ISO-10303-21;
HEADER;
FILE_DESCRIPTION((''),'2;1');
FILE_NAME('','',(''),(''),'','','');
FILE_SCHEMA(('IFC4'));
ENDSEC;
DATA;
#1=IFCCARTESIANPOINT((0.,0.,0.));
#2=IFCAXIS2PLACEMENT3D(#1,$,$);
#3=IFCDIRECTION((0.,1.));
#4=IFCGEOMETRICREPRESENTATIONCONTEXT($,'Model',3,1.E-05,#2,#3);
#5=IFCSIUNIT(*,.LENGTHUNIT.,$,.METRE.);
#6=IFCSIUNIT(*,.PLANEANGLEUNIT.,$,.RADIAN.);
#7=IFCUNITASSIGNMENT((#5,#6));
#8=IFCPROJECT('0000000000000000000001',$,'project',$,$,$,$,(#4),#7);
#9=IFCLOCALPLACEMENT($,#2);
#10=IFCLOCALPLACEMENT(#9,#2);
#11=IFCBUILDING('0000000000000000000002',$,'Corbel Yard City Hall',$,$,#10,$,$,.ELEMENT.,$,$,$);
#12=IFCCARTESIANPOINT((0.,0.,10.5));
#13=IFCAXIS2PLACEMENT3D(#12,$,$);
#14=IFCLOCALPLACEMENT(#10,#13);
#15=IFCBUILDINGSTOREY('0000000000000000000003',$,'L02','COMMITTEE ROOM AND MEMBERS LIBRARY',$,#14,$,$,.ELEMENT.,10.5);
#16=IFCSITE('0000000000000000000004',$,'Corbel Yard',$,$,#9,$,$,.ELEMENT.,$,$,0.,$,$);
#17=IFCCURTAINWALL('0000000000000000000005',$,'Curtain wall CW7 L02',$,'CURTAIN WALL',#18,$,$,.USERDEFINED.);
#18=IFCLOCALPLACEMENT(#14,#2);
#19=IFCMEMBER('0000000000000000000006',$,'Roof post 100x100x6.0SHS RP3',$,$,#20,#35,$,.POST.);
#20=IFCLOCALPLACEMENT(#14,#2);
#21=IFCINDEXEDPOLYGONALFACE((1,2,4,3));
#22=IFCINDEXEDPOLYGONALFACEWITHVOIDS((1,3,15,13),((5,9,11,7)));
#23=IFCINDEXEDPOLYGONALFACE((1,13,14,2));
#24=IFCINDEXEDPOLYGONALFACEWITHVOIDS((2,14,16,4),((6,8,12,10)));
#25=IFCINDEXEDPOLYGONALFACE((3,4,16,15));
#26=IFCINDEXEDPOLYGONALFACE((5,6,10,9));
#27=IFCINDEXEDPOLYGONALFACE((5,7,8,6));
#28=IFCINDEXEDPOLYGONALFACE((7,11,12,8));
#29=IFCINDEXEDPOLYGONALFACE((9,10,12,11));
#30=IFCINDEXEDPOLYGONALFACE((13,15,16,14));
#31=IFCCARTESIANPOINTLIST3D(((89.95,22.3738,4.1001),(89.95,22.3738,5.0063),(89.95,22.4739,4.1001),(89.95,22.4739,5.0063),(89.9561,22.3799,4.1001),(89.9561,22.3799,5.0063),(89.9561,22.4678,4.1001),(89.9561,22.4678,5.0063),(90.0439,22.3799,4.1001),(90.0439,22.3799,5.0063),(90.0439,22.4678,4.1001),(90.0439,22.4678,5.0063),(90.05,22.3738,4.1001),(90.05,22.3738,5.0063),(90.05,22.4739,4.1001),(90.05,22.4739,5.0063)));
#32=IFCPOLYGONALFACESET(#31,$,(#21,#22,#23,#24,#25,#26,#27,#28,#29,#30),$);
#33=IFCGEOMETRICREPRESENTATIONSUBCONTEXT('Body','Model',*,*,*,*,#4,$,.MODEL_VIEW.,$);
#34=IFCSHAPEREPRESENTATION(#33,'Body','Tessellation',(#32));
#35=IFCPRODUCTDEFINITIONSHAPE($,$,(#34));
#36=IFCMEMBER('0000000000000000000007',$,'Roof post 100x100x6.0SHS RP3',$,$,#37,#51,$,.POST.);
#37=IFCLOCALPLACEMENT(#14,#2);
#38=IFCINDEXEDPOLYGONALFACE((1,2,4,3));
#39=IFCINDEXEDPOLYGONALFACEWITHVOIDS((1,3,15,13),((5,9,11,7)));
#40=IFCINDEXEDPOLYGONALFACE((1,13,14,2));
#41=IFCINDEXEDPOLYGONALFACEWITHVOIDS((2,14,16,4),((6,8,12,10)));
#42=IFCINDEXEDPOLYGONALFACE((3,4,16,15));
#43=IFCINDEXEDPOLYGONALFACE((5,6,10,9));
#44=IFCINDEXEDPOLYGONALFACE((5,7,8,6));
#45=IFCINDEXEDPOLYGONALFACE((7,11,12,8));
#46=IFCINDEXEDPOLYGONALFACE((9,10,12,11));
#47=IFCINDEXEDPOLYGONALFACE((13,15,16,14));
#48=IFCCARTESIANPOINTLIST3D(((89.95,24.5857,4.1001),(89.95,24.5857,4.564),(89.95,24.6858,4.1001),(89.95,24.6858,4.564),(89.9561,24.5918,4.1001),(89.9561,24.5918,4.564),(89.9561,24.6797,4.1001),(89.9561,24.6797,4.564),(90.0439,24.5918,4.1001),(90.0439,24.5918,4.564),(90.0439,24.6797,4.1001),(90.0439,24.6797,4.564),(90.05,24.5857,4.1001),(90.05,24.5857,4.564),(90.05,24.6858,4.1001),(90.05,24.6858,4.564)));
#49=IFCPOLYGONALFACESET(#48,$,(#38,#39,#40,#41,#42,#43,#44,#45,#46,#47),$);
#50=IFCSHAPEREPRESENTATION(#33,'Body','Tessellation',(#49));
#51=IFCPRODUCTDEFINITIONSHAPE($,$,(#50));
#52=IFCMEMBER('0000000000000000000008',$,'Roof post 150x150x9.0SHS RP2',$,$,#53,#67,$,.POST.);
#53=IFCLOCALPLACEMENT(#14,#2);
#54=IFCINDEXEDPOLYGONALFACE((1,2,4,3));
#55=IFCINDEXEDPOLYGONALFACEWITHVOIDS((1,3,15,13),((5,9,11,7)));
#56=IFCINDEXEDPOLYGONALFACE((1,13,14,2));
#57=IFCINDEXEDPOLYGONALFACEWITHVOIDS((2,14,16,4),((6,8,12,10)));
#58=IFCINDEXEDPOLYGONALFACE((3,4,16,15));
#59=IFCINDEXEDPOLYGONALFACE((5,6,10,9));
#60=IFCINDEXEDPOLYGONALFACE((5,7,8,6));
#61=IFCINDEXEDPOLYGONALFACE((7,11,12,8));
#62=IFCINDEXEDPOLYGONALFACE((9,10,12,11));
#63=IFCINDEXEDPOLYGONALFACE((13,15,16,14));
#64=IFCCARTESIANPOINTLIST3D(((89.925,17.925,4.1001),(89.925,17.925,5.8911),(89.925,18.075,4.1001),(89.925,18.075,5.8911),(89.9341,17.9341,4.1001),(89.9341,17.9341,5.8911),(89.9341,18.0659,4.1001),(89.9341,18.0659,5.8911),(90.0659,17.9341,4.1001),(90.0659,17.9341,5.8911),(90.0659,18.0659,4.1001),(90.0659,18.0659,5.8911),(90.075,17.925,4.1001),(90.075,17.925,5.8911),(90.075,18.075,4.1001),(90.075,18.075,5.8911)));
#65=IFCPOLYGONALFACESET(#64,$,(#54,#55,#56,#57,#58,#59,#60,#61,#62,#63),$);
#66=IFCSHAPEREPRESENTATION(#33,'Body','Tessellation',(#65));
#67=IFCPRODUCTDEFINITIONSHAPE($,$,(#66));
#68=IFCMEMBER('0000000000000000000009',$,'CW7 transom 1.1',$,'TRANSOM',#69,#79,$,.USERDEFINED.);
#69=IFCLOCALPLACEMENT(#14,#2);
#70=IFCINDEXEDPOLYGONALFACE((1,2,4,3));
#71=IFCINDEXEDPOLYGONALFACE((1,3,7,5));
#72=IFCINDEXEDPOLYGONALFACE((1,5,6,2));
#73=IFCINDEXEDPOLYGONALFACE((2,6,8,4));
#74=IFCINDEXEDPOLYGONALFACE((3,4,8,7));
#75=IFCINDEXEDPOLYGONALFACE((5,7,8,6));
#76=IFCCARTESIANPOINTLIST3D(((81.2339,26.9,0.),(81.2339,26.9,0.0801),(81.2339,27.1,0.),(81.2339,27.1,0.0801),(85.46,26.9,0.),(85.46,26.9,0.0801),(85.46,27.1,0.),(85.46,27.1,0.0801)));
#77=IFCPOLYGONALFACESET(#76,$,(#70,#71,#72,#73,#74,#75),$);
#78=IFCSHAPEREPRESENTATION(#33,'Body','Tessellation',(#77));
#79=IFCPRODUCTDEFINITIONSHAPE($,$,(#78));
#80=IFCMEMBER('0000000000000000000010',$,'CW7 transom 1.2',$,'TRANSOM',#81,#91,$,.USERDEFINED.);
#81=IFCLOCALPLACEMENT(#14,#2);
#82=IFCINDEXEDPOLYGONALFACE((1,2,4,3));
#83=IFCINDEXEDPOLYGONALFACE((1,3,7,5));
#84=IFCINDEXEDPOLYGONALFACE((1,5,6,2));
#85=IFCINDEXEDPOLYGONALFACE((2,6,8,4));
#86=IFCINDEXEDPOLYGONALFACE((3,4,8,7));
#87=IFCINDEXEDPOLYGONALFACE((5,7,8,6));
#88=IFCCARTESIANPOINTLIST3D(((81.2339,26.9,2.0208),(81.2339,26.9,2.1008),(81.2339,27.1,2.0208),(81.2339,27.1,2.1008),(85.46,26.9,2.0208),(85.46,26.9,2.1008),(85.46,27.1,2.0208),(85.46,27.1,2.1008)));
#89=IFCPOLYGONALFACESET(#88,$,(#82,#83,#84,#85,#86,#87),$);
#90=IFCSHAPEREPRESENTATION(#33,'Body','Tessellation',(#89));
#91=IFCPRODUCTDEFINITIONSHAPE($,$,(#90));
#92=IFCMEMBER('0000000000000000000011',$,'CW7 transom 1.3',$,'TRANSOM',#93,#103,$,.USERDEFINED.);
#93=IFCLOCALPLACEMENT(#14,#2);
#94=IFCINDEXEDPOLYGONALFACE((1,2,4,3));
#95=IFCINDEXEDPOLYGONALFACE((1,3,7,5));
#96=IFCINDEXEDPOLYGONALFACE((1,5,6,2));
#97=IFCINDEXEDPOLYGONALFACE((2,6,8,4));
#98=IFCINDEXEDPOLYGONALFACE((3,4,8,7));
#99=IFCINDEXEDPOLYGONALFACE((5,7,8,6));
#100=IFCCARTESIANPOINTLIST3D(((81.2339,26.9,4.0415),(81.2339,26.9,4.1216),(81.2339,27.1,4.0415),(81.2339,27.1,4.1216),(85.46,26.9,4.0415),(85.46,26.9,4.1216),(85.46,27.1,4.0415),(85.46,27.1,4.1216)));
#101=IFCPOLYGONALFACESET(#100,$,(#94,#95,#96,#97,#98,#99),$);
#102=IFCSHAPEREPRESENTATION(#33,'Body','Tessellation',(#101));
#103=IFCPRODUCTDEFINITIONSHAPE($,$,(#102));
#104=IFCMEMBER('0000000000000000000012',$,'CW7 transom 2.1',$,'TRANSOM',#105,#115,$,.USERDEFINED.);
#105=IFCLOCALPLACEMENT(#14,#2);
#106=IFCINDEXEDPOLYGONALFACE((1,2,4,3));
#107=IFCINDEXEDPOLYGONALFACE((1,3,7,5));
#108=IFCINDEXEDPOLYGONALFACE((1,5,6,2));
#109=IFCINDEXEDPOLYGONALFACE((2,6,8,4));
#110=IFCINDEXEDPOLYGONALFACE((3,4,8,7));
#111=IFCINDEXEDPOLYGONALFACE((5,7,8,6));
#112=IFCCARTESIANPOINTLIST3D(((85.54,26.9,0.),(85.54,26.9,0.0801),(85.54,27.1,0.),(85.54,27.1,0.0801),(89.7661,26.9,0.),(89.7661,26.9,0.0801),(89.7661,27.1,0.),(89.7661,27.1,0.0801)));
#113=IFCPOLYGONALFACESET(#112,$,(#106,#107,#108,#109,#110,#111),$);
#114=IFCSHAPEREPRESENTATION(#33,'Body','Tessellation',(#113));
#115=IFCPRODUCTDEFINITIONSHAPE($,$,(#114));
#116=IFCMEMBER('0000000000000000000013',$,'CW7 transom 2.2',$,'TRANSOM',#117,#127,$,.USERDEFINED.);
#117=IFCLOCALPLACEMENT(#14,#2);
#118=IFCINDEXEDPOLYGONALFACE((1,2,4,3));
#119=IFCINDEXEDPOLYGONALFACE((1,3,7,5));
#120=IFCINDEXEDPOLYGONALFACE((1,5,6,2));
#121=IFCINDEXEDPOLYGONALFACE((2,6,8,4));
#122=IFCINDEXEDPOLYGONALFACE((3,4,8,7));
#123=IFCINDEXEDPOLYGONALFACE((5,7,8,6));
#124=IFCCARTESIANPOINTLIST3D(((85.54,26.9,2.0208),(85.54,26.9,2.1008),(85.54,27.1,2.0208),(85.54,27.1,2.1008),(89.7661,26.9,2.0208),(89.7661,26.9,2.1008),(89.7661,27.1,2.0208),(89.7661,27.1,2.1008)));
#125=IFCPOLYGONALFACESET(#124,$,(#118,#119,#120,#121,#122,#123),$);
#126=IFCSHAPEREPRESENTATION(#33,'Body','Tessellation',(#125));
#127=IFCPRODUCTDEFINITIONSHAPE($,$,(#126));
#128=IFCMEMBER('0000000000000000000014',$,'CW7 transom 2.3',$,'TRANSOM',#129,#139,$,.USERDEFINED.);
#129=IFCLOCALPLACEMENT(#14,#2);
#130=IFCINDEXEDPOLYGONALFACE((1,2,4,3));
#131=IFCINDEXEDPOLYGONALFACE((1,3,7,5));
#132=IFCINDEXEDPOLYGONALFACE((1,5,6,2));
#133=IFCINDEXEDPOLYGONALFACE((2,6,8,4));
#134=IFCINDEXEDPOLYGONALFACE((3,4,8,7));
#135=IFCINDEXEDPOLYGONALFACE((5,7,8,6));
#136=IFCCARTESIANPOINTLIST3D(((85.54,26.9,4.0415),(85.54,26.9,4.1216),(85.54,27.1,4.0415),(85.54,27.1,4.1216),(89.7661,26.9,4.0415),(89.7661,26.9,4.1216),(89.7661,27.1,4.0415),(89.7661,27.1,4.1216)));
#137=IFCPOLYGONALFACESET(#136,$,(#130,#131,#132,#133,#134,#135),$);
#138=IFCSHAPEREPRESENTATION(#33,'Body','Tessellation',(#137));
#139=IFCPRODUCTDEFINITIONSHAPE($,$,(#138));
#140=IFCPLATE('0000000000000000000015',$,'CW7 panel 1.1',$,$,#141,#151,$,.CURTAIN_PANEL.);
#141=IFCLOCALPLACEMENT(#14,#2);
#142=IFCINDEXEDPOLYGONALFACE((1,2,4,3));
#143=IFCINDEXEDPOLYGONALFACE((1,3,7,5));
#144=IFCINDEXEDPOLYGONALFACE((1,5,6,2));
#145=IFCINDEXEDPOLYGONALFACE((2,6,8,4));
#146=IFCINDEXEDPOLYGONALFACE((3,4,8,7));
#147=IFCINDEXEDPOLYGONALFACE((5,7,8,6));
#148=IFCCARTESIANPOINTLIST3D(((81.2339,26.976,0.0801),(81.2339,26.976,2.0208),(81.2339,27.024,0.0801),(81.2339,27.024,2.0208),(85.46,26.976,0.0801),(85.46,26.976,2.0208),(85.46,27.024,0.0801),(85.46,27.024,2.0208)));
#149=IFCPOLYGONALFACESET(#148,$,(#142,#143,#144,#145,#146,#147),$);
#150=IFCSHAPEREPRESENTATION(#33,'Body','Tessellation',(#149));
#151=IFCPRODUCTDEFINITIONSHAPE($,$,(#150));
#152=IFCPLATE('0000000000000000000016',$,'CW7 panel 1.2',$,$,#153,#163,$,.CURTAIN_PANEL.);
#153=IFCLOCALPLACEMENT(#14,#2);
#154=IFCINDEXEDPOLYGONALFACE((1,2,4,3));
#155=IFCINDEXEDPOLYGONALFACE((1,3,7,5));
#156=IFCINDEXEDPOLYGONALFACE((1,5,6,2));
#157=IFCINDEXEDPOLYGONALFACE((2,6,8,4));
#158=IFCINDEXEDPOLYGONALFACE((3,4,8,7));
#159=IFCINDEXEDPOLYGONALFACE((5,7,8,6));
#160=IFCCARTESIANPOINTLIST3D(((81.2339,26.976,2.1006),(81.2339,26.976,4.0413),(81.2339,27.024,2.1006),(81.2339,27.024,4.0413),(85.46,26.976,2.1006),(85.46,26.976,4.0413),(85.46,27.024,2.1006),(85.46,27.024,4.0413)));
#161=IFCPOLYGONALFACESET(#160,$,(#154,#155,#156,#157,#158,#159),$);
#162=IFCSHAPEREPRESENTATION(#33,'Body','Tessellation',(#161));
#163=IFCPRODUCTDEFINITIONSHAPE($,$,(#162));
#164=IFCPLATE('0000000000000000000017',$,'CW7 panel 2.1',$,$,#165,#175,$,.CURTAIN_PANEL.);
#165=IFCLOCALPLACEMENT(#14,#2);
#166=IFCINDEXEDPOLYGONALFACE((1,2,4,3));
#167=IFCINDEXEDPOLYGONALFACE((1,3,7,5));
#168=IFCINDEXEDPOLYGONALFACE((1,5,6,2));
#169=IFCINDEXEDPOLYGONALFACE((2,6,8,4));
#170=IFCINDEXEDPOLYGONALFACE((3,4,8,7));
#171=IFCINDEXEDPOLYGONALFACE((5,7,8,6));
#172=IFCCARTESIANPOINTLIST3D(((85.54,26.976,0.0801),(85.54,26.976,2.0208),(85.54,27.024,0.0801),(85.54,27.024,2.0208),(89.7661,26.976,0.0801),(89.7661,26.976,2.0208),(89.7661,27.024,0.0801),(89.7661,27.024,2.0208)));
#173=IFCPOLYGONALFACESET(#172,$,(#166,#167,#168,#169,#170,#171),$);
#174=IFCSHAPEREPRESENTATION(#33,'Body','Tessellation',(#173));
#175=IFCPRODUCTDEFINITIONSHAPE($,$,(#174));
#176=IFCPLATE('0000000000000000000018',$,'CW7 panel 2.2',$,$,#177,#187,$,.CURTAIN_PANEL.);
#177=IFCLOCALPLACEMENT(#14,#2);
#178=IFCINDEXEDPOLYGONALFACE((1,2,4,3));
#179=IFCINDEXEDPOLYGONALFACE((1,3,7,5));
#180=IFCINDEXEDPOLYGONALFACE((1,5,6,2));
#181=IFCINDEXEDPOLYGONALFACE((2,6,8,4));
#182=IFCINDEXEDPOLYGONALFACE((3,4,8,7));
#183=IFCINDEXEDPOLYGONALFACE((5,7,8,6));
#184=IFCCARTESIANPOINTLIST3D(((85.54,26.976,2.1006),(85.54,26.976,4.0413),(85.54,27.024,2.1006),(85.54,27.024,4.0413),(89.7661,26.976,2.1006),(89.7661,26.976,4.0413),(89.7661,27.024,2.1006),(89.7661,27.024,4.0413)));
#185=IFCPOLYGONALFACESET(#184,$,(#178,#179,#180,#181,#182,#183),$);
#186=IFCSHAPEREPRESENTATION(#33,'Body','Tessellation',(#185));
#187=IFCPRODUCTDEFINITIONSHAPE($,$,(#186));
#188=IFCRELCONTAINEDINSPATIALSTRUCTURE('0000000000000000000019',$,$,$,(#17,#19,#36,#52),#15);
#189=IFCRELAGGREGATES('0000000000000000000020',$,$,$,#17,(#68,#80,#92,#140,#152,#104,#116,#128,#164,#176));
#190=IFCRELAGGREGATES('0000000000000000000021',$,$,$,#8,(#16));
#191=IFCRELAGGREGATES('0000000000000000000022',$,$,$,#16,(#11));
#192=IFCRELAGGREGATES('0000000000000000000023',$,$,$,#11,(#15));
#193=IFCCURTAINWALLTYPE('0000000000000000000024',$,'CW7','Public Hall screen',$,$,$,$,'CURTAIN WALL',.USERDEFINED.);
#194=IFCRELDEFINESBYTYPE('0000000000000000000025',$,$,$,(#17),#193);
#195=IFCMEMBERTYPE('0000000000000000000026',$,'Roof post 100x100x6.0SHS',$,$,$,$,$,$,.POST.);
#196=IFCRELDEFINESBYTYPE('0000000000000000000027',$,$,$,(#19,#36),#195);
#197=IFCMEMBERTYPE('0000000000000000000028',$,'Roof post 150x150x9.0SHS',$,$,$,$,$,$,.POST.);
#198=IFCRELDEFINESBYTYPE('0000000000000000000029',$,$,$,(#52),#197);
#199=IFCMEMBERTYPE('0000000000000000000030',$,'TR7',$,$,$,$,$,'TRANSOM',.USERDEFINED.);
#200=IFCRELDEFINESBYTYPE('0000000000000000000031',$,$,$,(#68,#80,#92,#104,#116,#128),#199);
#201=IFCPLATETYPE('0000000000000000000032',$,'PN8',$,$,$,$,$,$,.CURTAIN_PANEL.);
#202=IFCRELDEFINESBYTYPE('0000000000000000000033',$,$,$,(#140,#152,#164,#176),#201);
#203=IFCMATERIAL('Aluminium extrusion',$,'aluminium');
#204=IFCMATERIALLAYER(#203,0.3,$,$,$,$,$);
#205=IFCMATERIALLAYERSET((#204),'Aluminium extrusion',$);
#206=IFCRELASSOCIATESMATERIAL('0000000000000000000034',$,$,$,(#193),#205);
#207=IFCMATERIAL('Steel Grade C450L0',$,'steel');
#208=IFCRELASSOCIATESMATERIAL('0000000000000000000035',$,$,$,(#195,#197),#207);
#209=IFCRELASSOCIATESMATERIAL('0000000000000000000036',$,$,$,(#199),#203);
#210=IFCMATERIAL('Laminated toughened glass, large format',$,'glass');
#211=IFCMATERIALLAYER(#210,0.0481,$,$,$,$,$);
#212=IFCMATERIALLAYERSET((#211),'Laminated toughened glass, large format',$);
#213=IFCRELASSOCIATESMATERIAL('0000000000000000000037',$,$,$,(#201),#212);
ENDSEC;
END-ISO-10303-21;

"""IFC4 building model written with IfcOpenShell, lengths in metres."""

from ifc_helpers import new_model, si_unit, direction, frame, origin, origin_2d, place, context, subcontext, project, spatial, rectangle, hollow_rectangle, extrude, material, layer, layer_set, material_profile, profile_set, type_object, element, aggregate, save


model = new_model("IFC4")

# Units and contexts
model_context = context("Model", 3, precision=1e-05, world=origin(), true_north=direction((0.0, 1.0)))
body_context = subcontext(model_context, "Body", "Model", "MODEL_VIEW")
ifc_project = project(units=[si_unit("LENGTHUNIT", "METRE"), si_unit("PLANEANGLEUNIT", "RADIAN")], contexts=[model_context])

# Site, building, storey
site_placement = place(None, origin())
site = spatial("IfcSite", under=ifc_project, at=site_placement, Name="Corbel Yard", CompositionType="ELEMENT", RefElevation=0.0)
building_placement = place(site_placement, origin())
building = spatial("IfcBuilding", under=site, at=building_placement, Name="Corbel Yard City Hall", CompositionType="ELEMENT")
storey_placement = place(building_placement, frame((0.0, 0.0, 10.5)))
storey = spatial("IfcBuildingStorey", under=building, at=storey_placement, Name="L02", Description="COMMITTEE ROOM AND MEMBERS LIBRARY", CompositionType="ELEMENT", Elevation=10.5)

# Curtain wall
ifc_material_1 = material(Name="Aluminium extrusion", Category="aluminium")
ifc_layer_1 = layer(ifc_material_1, 0.3)
ifc_layer_set_1 = layer_set([ifc_layer_1], Name="Aluminium extrusion")
curtain_wall_type = type_object("IfcCurtainWallType", Name="CW7", Description="Public Hall screen", ElementType="CURTAIN WALL", PredefinedType="USERDEFINED", material=ifc_layer_set_1)
curtain_wall_placement = place(storey_placement, origin())
curtain_wall = element("IfcCurtainWall", 1, at=curtain_wall_placement, inside=storey, type_object=curtain_wall_type, Name="Curtain wall CW7 L02", ObjectType="CURTAIN WALL", PredefinedType="USERDEFINED")

# Members
ifc_material_2 = material(Name="Steel Grade C450L0", Category="steel")
ifc_material_profile_1 = material_profile(ifc_material_2, hollow_rectangle(XDim=0.1001, YDim=0.1001, WallThickness=0.0061, at=origin_2d()), Name="100x100x6.0SHS")
ifc_profile_set_1 = profile_set([ifc_material_profile_1], Name="Steel Grade C450L0")
member_type_1 = type_object("IfcMemberType", Name="Roof post 100x100x6.0SHS", PredefinedType="POST", material=ifc_profile_set_1)
member_1_placement = place(storey_placement, frame((90.0, 22.4238, 4.1001), z_axis=(0.0, 0.0, 1.0), x_axis=(1.0, 0.0, 0.0)))
element("IfcMember", 2, at=member_1_placement, inside=storey, type_object=member_type_1, Name="Roof post 100x100x6.0SHS RP3", PredefinedType="POST", context=body_context, shape_type="SweptSolid", body=[
    extrude(hollow_rectangle(XDim=0.1001, YDim=0.1001, WallThickness=0.0061, at=origin_2d()), origin(), (0.0, 0.0, 1.0), 0.9062),
])
member_2_placement = place(storey_placement, frame((90.0, 24.6357, 4.1001), z_axis=(0.0, 0.0, 1.0), x_axis=(1.0, 0.0, 0.0)))
element("IfcMember", 3, at=member_2_placement, inside=storey, type_object=member_type_1, Name="Roof post 100x100x6.0SHS RP3", PredefinedType="POST", context=body_context, shape_type="SweptSolid", body=[
    extrude(hollow_rectangle(XDim=0.1001, YDim=0.1001, WallThickness=0.0061, at=origin_2d()), origin(), (0.0, 0.0, 1.0), 0.4639),
])
ifc_material_profile_2 = material_profile(ifc_material_2, hollow_rectangle(XDim=0.1499, YDim=0.1499, WallThickness=0.009, at=origin_2d()), Name="150x150x9.0SHS")
ifc_profile_set_2 = profile_set([ifc_material_profile_2], Name="Steel Grade C450L0")
member_type_2 = type_object("IfcMemberType", Name="Roof post 150x150x9.0SHS", PredefinedType="POST", material=ifc_profile_set_2)
member_3_placement = place(storey_placement, frame((90.0, 18.0, 4.1001), z_axis=(0.0, 0.0, 1.0), x_axis=(1.0, 0.0, 0.0)))
element("IfcMember", 4, at=member_3_placement, inside=storey, type_object=member_type_2, Name="Roof post 150x150x9.0SHS RP2", PredefinedType="POST", context=body_context, shape_type="SweptSolid", body=[
    extrude(hollow_rectangle(XDim=0.1499, YDim=0.1499, WallThickness=0.009, at=origin_2d()), origin(), (0.0, 0.0, 1.0), 1.791),
])

# Members
ifc_material_profile_3 = material_profile(ifc_material_1, rectangle(XDim=0.2, YDim=0.0801, at=origin_2d()), Name="200x80")
ifc_profile_set_3 = profile_set([ifc_material_profile_3], Name="Aluminium extrusion")
member_type_3 = type_object("IfcMemberType", Name="TR7", ElementType="TRANSOM", PredefinedType="USERDEFINED", material=ifc_profile_set_3)
member_4_placement = place(storey_placement, frame((81.2339, 27.0, 0.04), z_axis=(1.0, 0.0, 0.0), x_axis=(0.0, 1.0, 0.0)))
member_4 = element("IfcMember", 5, at=member_4_placement, type_object=member_type_3, Name="CW7 transom 1.1", ObjectType="TRANSOM", PredefinedType="USERDEFINED", context=body_context, shape_type="SweptSolid", body=[
    extrude(rectangle(XDim=0.2, YDim=0.0801, at=origin_2d()), origin(), (0.0, 0.0, 1.0), 4.2261),
])
member_5_placement = place(storey_placement, frame((81.2339, 27.0, 2.0608), z_axis=(1.0, 0.0, 0.0), x_axis=(0.0, 1.0, 0.0)))
member_5 = element("IfcMember", 6, at=member_5_placement, type_object=member_type_3, Name="CW7 transom 1.2", ObjectType="TRANSOM", PredefinedType="USERDEFINED", context=body_context, shape_type="SweptSolid", body=[
    extrude(rectangle(XDim=0.2, YDim=0.0801, at=origin_2d()), origin(), (0.0, 0.0, 1.0), 4.2261),
])
member_6_placement = place(storey_placement, frame((81.2339, 27.0, 4.0815), z_axis=(1.0, 0.0, 0.0), x_axis=(0.0, 1.0, 0.0)))
member_6 = element("IfcMember", 7, at=member_6_placement, type_object=member_type_3, Name="CW7 transom 1.3", ObjectType="TRANSOM", PredefinedType="USERDEFINED", context=body_context, shape_type="SweptSolid", body=[
    extrude(rectangle(XDim=0.2, YDim=0.0801, at=origin_2d()), origin(), (0.0, 0.0, 1.0), 4.2261),
])
member_7_placement = place(storey_placement, frame((85.54, 27.0, 0.04), z_axis=(1.0, 0.0, 0.0), x_axis=(0.0, 1.0, 0.0)))
member_7 = element("IfcMember", 8, at=member_7_placement, type_object=member_type_3, Name="CW7 transom 2.1", ObjectType="TRANSOM", PredefinedType="USERDEFINED", context=body_context, shape_type="SweptSolid", body=[
    extrude(rectangle(XDim=0.2, YDim=0.0801, at=origin_2d()), origin(), (0.0, 0.0, 1.0), 4.2261),
])
member_8_placement = place(storey_placement, frame((85.54, 27.0, 2.0608), z_axis=(1.0, 0.0, 0.0), x_axis=(0.0, 1.0, 0.0)))
member_8 = element("IfcMember", 9, at=member_8_placement, type_object=member_type_3, Name="CW7 transom 2.2", ObjectType="TRANSOM", PredefinedType="USERDEFINED", context=body_context, shape_type="SweptSolid", body=[
    extrude(rectangle(XDim=0.2, YDim=0.0801, at=origin_2d()), origin(), (0.0, 0.0, 1.0), 4.2261),
])
member_9_placement = place(storey_placement, frame((85.54, 27.0, 4.0815), z_axis=(1.0, 0.0, 0.0), x_axis=(0.0, 1.0, 0.0)))
member_9 = element("IfcMember", 10, at=member_9_placement, type_object=member_type_3, Name="CW7 transom 2.3", ObjectType="TRANSOM", PredefinedType="USERDEFINED", context=body_context, shape_type="SweptSolid", body=[
    extrude(rectangle(XDim=0.2, YDim=0.0801, at=origin_2d()), origin(), (0.0, 0.0, 1.0), 4.2261),
])

# Plates
ifc_material_3 = material(Name="Laminated toughened glass, large format", Category="glass")
ifc_layer_2 = layer(ifc_material_3, 0.0481)
ifc_layer_set_2 = layer_set([ifc_layer_2], Name="Laminated toughened glass, large format")
plate_type_1 = type_object("IfcPlateType", Name="PN8", PredefinedType="CURTAIN_PANEL", material=ifc_layer_set_2)
plate_1_placement = place(storey_placement, frame((83.3469, 27.0, 0.0801), z_axis=(0.0, 0.0, 1.0), x_axis=(1.0, 0.0, 0.0)))
plate_1 = element("IfcPlate", 11, at=plate_1_placement, type_object=plate_type_1, Name="CW7 panel 1.1", PredefinedType="CURTAIN_PANEL", context=body_context, shape_type="SweptSolid", body=[
    extrude(rectangle(XDim=4.2261, YDim=0.0481, at=origin_2d()), origin(), (0.0, 0.0, 1.0), 1.9407),
])
plate_2_placement = place(storey_placement, frame((83.3469, 27.0, 2.1006), z_axis=(0.0, 0.0, 1.0), x_axis=(1.0, 0.0, 0.0)))
plate_2 = element("IfcPlate", 12, at=plate_2_placement, type_object=plate_type_1, Name="CW7 panel 1.2", PredefinedType="CURTAIN_PANEL", context=body_context, shape_type="SweptSolid", body=[
    extrude(rectangle(XDim=4.2261, YDim=0.0481, at=origin_2d()), origin(), (0.0, 0.0, 1.0), 1.9407),
])
plate_3_placement = place(storey_placement, frame((87.6531, 27.0, 0.0801), z_axis=(0.0, 0.0, 1.0), x_axis=(1.0, 0.0, 0.0)))
plate_3 = element("IfcPlate", 13, at=plate_3_placement, type_object=plate_type_1, Name="CW7 panel 2.1", PredefinedType="CURTAIN_PANEL", context=body_context, shape_type="SweptSolid", body=[
    extrude(rectangle(XDim=4.2261, YDim=0.0481, at=origin_2d()), origin(), (0.0, 0.0, 1.0), 1.9407),
])
plate_4_placement = place(storey_placement, frame((87.6531, 27.0, 2.1006), z_axis=(0.0, 0.0, 1.0), x_axis=(1.0, 0.0, 0.0)))
plate_4 = element("IfcPlate", 14, at=plate_4_placement, type_object=plate_type_1, Name="CW7 panel 2.2", PredefinedType="CURTAIN_PANEL", context=body_context, shape_type="SweptSolid", body=[
    extrude(rectangle(XDim=4.2261, YDim=0.0481, at=origin_2d()), origin(), (0.0, 0.0, 1.0), 1.9407),
])
aggregate(curtain_wall, [member_4, member_5, member_6, plate_1, plate_2, member_7, member_8, member_9, plate_3, plate_4])

save(model, "model.ifc")
